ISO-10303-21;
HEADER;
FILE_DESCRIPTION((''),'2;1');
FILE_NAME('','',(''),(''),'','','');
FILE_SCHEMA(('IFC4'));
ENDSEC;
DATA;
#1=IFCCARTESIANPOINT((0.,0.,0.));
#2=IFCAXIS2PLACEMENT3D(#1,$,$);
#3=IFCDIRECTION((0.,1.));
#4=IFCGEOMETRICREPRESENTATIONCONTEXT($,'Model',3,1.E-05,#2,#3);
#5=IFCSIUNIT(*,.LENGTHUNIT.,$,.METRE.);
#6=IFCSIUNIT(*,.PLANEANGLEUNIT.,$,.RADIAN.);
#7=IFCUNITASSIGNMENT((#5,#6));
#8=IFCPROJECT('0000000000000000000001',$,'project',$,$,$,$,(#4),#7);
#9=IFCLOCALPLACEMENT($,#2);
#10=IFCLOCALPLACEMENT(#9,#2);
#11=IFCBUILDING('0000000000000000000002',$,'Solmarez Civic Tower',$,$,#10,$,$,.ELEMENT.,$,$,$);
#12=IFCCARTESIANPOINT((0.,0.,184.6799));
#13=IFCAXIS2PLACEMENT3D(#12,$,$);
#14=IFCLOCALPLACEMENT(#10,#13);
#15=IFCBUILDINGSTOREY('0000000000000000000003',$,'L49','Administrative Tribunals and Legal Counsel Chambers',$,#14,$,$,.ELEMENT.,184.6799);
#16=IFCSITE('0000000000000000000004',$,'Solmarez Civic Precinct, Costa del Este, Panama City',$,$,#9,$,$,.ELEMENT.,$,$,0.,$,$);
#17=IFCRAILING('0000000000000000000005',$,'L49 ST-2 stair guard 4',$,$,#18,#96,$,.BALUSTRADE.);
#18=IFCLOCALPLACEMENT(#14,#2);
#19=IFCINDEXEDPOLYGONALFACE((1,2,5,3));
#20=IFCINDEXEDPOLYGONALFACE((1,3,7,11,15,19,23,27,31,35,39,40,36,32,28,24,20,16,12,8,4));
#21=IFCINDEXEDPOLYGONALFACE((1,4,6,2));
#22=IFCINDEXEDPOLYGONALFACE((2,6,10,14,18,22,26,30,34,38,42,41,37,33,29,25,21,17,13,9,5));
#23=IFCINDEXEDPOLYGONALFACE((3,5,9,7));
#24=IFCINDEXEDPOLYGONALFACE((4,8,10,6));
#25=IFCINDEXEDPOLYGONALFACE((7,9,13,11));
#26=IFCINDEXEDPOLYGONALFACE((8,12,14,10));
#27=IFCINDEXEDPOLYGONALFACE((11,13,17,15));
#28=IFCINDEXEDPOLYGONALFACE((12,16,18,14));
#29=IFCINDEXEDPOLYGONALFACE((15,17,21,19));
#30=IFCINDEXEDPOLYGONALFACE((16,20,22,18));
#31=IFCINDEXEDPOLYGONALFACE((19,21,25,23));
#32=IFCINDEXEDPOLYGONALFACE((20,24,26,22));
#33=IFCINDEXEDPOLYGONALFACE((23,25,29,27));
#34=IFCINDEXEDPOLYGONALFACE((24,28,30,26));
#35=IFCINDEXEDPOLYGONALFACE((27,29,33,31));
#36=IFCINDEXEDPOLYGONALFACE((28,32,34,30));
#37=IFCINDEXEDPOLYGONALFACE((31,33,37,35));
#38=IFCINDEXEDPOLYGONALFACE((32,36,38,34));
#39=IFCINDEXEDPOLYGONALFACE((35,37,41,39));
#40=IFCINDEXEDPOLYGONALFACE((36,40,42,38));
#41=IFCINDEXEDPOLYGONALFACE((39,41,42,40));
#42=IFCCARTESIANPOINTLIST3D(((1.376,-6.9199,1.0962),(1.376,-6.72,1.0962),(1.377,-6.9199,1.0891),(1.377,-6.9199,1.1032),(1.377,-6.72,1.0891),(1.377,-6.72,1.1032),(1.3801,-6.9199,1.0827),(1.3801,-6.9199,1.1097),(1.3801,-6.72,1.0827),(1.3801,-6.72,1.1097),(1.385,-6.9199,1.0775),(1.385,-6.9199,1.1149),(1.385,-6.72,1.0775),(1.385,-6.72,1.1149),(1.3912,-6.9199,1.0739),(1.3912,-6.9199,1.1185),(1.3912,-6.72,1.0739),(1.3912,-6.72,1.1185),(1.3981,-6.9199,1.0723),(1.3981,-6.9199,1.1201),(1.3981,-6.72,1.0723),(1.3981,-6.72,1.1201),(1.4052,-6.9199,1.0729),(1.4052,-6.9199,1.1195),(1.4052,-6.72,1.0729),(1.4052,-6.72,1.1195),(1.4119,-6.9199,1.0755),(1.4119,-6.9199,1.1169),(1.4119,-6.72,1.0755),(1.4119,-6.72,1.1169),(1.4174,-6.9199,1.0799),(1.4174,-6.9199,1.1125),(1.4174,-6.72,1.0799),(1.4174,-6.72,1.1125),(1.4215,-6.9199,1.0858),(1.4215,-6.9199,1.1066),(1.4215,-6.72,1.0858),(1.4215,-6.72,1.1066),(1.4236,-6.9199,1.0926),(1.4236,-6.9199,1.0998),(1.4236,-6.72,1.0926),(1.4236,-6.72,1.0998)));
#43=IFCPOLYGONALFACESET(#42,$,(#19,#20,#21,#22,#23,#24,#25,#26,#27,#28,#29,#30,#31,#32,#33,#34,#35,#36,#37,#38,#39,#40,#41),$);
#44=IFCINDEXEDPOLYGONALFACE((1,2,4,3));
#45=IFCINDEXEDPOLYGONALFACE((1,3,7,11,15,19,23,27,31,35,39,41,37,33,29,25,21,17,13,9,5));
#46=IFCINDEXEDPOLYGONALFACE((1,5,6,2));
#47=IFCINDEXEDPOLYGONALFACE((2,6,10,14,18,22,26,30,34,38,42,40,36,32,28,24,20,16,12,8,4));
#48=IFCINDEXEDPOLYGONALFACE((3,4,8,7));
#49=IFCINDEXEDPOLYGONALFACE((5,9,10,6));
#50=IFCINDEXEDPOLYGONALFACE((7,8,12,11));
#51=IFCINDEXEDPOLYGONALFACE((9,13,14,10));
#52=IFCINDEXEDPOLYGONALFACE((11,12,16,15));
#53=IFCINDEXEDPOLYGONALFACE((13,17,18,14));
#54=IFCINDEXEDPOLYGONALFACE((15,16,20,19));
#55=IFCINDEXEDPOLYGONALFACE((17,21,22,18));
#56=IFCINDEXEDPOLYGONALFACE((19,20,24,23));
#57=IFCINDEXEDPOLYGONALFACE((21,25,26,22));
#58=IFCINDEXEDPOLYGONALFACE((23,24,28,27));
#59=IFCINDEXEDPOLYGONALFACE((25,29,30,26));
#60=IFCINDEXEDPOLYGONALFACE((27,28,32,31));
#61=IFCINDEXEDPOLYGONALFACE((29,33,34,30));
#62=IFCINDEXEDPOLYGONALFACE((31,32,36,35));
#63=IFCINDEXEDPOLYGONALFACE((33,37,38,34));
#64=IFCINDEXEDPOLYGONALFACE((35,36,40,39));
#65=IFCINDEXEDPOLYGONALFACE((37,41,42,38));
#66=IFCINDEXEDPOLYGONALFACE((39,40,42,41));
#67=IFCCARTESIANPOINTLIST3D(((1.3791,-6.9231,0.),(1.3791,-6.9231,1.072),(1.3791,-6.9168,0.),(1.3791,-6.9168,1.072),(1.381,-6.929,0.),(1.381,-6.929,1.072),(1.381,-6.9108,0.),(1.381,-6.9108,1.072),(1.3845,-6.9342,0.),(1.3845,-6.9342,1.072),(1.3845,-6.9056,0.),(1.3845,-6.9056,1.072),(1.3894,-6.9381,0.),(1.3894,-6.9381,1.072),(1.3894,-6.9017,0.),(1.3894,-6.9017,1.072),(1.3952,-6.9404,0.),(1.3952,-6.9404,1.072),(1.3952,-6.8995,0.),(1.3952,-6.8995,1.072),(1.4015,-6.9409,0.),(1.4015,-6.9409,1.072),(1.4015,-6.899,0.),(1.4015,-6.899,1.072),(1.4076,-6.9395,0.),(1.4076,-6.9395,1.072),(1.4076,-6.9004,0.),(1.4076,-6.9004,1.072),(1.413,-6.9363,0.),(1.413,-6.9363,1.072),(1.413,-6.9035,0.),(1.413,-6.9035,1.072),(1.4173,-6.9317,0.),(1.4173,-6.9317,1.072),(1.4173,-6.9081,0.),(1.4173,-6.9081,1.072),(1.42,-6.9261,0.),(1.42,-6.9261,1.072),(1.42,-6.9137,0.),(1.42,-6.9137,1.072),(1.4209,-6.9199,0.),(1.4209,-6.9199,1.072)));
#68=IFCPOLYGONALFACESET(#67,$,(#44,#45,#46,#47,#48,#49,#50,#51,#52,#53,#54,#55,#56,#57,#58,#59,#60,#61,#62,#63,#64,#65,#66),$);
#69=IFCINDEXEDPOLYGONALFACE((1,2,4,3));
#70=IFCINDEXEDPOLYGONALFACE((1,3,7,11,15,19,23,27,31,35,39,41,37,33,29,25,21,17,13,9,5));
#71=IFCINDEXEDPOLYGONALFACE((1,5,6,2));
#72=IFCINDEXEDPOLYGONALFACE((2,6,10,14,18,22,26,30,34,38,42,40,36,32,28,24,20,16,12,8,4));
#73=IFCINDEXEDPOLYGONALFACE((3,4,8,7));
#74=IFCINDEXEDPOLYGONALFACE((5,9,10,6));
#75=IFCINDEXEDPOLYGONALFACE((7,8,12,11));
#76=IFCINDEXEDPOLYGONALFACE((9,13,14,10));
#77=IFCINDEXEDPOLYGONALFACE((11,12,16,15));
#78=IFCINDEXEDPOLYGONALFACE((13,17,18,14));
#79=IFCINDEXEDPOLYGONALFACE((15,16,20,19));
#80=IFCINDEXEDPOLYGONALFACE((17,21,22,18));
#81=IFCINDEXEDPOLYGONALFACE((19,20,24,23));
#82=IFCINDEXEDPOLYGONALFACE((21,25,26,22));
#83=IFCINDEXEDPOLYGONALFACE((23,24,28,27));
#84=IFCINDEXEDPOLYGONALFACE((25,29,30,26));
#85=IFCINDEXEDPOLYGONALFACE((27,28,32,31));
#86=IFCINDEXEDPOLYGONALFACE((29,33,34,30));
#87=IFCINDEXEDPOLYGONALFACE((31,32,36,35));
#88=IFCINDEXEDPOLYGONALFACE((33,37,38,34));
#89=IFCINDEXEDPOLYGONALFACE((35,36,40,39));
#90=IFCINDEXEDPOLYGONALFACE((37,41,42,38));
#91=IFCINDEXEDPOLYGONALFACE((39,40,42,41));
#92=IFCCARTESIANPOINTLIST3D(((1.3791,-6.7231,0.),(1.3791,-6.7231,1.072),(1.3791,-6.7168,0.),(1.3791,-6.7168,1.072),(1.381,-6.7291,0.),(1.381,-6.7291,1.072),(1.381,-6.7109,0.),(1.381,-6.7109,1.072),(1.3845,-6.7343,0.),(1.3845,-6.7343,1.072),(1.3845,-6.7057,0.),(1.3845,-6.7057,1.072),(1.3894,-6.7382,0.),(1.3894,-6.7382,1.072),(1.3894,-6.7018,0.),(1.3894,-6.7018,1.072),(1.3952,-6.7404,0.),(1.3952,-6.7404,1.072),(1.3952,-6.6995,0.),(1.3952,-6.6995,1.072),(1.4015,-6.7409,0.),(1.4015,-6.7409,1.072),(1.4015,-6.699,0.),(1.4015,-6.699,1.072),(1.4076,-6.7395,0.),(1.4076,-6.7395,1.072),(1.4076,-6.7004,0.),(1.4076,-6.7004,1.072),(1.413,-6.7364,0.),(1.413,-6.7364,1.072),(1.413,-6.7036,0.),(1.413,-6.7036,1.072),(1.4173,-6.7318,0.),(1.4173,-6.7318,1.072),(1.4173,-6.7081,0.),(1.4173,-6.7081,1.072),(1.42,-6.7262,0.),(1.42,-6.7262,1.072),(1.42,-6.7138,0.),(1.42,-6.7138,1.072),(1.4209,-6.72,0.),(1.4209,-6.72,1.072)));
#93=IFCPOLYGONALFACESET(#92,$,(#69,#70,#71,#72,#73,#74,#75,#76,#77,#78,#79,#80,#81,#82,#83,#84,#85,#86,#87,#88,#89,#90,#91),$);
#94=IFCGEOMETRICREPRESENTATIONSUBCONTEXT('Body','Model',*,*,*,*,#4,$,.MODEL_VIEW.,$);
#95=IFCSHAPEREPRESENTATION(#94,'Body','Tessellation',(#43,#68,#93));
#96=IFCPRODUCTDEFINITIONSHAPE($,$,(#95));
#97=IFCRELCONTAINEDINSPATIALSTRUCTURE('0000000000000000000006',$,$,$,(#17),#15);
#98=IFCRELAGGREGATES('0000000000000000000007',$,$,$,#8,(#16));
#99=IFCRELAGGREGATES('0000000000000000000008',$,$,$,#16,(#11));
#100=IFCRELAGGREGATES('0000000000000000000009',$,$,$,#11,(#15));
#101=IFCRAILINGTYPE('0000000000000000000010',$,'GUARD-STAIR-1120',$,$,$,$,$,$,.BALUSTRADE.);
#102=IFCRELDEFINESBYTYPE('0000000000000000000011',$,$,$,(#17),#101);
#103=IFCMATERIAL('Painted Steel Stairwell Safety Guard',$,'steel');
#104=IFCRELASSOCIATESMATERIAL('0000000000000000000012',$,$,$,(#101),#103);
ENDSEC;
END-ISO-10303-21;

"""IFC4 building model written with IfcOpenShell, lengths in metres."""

from ifc_helpers import new_model, si_unit, direction, frame, origin, origin_2d, place, context, subcontext, project, spatial, circle, extrude, material, type_object, element, save


model = new_model("IFC4")

# Units and contexts
model_context = context("Model", 3, precision=1e-05, world=origin(), true_north=direction((0.0, 1.0)))
body_context = subcontext(model_context, "Body", "Model", "MODEL_VIEW")
ifc_project = project(units=[si_unit("LENGTHUNIT", "METRE"), si_unit("PLANEANGLEUNIT", "RADIAN")], contexts=[model_context])

# Site, building, storey
site_placement = place(None, origin())
site = spatial("IfcSite", under=ifc_project, at=site_placement, Name="Solmarez Civic Precinct, Costa del Este, Panama City", CompositionType="ELEMENT", RefElevation=0.0)
building_placement = place(site_placement, origin())
building = spatial("IfcBuilding", under=site, at=building_placement, Name="Solmarez Civic Tower", CompositionType="ELEMENT")
storey_placement = place(building_placement, frame((0.0, 0.0, 184.6799)))
storey = spatial("IfcBuildingStorey", under=building, at=storey_placement, Name="L49", Description="Administrative Tribunals and Legal Counsel Chambers", CompositionType="ELEMENT", Elevation=184.6799)

# Railing
ifc_material_1 = material(Name="Painted Steel Stairwell Safety Guard", Category="steel")
railing_type_1 = type_object("IfcRailingType", Name="GUARD-STAIR-1120", PredefinedType="BALUSTRADE", material=ifc_material_1)
railing_1_placement = place(storey_placement, frame((1.3999, -6.9199, 0.0)))
element("IfcRailing", 1, at=railing_1_placement, inside=storey, type_object=railing_type_1, Name="L49 ST-2 stair guard 4", PredefinedType="BALUSTRADE", context=body_context, shape_type="SweptSolid", body=[
    extrude(circle(Radius=0.0239, at=origin_2d()), frame((0.0, 0.0, 1.0962), z_axis=(0.0, 1.0, 0.0), x_axis=(-1.0, 0.0, 0.0)), (0.0, 0.0, 1.0), 0.2),
    extrude(circle(Radius=0.021, at=origin_2d()), origin(), (0.0, 0.0, 1.0), 1.072),
    extrude(circle(Radius=0.021, at=origin_2d()), frame((0.0, 0.2, 0.0)), (0.0, 0.0, 1.0), 1.072),
])

save(model, "model.ifc")
